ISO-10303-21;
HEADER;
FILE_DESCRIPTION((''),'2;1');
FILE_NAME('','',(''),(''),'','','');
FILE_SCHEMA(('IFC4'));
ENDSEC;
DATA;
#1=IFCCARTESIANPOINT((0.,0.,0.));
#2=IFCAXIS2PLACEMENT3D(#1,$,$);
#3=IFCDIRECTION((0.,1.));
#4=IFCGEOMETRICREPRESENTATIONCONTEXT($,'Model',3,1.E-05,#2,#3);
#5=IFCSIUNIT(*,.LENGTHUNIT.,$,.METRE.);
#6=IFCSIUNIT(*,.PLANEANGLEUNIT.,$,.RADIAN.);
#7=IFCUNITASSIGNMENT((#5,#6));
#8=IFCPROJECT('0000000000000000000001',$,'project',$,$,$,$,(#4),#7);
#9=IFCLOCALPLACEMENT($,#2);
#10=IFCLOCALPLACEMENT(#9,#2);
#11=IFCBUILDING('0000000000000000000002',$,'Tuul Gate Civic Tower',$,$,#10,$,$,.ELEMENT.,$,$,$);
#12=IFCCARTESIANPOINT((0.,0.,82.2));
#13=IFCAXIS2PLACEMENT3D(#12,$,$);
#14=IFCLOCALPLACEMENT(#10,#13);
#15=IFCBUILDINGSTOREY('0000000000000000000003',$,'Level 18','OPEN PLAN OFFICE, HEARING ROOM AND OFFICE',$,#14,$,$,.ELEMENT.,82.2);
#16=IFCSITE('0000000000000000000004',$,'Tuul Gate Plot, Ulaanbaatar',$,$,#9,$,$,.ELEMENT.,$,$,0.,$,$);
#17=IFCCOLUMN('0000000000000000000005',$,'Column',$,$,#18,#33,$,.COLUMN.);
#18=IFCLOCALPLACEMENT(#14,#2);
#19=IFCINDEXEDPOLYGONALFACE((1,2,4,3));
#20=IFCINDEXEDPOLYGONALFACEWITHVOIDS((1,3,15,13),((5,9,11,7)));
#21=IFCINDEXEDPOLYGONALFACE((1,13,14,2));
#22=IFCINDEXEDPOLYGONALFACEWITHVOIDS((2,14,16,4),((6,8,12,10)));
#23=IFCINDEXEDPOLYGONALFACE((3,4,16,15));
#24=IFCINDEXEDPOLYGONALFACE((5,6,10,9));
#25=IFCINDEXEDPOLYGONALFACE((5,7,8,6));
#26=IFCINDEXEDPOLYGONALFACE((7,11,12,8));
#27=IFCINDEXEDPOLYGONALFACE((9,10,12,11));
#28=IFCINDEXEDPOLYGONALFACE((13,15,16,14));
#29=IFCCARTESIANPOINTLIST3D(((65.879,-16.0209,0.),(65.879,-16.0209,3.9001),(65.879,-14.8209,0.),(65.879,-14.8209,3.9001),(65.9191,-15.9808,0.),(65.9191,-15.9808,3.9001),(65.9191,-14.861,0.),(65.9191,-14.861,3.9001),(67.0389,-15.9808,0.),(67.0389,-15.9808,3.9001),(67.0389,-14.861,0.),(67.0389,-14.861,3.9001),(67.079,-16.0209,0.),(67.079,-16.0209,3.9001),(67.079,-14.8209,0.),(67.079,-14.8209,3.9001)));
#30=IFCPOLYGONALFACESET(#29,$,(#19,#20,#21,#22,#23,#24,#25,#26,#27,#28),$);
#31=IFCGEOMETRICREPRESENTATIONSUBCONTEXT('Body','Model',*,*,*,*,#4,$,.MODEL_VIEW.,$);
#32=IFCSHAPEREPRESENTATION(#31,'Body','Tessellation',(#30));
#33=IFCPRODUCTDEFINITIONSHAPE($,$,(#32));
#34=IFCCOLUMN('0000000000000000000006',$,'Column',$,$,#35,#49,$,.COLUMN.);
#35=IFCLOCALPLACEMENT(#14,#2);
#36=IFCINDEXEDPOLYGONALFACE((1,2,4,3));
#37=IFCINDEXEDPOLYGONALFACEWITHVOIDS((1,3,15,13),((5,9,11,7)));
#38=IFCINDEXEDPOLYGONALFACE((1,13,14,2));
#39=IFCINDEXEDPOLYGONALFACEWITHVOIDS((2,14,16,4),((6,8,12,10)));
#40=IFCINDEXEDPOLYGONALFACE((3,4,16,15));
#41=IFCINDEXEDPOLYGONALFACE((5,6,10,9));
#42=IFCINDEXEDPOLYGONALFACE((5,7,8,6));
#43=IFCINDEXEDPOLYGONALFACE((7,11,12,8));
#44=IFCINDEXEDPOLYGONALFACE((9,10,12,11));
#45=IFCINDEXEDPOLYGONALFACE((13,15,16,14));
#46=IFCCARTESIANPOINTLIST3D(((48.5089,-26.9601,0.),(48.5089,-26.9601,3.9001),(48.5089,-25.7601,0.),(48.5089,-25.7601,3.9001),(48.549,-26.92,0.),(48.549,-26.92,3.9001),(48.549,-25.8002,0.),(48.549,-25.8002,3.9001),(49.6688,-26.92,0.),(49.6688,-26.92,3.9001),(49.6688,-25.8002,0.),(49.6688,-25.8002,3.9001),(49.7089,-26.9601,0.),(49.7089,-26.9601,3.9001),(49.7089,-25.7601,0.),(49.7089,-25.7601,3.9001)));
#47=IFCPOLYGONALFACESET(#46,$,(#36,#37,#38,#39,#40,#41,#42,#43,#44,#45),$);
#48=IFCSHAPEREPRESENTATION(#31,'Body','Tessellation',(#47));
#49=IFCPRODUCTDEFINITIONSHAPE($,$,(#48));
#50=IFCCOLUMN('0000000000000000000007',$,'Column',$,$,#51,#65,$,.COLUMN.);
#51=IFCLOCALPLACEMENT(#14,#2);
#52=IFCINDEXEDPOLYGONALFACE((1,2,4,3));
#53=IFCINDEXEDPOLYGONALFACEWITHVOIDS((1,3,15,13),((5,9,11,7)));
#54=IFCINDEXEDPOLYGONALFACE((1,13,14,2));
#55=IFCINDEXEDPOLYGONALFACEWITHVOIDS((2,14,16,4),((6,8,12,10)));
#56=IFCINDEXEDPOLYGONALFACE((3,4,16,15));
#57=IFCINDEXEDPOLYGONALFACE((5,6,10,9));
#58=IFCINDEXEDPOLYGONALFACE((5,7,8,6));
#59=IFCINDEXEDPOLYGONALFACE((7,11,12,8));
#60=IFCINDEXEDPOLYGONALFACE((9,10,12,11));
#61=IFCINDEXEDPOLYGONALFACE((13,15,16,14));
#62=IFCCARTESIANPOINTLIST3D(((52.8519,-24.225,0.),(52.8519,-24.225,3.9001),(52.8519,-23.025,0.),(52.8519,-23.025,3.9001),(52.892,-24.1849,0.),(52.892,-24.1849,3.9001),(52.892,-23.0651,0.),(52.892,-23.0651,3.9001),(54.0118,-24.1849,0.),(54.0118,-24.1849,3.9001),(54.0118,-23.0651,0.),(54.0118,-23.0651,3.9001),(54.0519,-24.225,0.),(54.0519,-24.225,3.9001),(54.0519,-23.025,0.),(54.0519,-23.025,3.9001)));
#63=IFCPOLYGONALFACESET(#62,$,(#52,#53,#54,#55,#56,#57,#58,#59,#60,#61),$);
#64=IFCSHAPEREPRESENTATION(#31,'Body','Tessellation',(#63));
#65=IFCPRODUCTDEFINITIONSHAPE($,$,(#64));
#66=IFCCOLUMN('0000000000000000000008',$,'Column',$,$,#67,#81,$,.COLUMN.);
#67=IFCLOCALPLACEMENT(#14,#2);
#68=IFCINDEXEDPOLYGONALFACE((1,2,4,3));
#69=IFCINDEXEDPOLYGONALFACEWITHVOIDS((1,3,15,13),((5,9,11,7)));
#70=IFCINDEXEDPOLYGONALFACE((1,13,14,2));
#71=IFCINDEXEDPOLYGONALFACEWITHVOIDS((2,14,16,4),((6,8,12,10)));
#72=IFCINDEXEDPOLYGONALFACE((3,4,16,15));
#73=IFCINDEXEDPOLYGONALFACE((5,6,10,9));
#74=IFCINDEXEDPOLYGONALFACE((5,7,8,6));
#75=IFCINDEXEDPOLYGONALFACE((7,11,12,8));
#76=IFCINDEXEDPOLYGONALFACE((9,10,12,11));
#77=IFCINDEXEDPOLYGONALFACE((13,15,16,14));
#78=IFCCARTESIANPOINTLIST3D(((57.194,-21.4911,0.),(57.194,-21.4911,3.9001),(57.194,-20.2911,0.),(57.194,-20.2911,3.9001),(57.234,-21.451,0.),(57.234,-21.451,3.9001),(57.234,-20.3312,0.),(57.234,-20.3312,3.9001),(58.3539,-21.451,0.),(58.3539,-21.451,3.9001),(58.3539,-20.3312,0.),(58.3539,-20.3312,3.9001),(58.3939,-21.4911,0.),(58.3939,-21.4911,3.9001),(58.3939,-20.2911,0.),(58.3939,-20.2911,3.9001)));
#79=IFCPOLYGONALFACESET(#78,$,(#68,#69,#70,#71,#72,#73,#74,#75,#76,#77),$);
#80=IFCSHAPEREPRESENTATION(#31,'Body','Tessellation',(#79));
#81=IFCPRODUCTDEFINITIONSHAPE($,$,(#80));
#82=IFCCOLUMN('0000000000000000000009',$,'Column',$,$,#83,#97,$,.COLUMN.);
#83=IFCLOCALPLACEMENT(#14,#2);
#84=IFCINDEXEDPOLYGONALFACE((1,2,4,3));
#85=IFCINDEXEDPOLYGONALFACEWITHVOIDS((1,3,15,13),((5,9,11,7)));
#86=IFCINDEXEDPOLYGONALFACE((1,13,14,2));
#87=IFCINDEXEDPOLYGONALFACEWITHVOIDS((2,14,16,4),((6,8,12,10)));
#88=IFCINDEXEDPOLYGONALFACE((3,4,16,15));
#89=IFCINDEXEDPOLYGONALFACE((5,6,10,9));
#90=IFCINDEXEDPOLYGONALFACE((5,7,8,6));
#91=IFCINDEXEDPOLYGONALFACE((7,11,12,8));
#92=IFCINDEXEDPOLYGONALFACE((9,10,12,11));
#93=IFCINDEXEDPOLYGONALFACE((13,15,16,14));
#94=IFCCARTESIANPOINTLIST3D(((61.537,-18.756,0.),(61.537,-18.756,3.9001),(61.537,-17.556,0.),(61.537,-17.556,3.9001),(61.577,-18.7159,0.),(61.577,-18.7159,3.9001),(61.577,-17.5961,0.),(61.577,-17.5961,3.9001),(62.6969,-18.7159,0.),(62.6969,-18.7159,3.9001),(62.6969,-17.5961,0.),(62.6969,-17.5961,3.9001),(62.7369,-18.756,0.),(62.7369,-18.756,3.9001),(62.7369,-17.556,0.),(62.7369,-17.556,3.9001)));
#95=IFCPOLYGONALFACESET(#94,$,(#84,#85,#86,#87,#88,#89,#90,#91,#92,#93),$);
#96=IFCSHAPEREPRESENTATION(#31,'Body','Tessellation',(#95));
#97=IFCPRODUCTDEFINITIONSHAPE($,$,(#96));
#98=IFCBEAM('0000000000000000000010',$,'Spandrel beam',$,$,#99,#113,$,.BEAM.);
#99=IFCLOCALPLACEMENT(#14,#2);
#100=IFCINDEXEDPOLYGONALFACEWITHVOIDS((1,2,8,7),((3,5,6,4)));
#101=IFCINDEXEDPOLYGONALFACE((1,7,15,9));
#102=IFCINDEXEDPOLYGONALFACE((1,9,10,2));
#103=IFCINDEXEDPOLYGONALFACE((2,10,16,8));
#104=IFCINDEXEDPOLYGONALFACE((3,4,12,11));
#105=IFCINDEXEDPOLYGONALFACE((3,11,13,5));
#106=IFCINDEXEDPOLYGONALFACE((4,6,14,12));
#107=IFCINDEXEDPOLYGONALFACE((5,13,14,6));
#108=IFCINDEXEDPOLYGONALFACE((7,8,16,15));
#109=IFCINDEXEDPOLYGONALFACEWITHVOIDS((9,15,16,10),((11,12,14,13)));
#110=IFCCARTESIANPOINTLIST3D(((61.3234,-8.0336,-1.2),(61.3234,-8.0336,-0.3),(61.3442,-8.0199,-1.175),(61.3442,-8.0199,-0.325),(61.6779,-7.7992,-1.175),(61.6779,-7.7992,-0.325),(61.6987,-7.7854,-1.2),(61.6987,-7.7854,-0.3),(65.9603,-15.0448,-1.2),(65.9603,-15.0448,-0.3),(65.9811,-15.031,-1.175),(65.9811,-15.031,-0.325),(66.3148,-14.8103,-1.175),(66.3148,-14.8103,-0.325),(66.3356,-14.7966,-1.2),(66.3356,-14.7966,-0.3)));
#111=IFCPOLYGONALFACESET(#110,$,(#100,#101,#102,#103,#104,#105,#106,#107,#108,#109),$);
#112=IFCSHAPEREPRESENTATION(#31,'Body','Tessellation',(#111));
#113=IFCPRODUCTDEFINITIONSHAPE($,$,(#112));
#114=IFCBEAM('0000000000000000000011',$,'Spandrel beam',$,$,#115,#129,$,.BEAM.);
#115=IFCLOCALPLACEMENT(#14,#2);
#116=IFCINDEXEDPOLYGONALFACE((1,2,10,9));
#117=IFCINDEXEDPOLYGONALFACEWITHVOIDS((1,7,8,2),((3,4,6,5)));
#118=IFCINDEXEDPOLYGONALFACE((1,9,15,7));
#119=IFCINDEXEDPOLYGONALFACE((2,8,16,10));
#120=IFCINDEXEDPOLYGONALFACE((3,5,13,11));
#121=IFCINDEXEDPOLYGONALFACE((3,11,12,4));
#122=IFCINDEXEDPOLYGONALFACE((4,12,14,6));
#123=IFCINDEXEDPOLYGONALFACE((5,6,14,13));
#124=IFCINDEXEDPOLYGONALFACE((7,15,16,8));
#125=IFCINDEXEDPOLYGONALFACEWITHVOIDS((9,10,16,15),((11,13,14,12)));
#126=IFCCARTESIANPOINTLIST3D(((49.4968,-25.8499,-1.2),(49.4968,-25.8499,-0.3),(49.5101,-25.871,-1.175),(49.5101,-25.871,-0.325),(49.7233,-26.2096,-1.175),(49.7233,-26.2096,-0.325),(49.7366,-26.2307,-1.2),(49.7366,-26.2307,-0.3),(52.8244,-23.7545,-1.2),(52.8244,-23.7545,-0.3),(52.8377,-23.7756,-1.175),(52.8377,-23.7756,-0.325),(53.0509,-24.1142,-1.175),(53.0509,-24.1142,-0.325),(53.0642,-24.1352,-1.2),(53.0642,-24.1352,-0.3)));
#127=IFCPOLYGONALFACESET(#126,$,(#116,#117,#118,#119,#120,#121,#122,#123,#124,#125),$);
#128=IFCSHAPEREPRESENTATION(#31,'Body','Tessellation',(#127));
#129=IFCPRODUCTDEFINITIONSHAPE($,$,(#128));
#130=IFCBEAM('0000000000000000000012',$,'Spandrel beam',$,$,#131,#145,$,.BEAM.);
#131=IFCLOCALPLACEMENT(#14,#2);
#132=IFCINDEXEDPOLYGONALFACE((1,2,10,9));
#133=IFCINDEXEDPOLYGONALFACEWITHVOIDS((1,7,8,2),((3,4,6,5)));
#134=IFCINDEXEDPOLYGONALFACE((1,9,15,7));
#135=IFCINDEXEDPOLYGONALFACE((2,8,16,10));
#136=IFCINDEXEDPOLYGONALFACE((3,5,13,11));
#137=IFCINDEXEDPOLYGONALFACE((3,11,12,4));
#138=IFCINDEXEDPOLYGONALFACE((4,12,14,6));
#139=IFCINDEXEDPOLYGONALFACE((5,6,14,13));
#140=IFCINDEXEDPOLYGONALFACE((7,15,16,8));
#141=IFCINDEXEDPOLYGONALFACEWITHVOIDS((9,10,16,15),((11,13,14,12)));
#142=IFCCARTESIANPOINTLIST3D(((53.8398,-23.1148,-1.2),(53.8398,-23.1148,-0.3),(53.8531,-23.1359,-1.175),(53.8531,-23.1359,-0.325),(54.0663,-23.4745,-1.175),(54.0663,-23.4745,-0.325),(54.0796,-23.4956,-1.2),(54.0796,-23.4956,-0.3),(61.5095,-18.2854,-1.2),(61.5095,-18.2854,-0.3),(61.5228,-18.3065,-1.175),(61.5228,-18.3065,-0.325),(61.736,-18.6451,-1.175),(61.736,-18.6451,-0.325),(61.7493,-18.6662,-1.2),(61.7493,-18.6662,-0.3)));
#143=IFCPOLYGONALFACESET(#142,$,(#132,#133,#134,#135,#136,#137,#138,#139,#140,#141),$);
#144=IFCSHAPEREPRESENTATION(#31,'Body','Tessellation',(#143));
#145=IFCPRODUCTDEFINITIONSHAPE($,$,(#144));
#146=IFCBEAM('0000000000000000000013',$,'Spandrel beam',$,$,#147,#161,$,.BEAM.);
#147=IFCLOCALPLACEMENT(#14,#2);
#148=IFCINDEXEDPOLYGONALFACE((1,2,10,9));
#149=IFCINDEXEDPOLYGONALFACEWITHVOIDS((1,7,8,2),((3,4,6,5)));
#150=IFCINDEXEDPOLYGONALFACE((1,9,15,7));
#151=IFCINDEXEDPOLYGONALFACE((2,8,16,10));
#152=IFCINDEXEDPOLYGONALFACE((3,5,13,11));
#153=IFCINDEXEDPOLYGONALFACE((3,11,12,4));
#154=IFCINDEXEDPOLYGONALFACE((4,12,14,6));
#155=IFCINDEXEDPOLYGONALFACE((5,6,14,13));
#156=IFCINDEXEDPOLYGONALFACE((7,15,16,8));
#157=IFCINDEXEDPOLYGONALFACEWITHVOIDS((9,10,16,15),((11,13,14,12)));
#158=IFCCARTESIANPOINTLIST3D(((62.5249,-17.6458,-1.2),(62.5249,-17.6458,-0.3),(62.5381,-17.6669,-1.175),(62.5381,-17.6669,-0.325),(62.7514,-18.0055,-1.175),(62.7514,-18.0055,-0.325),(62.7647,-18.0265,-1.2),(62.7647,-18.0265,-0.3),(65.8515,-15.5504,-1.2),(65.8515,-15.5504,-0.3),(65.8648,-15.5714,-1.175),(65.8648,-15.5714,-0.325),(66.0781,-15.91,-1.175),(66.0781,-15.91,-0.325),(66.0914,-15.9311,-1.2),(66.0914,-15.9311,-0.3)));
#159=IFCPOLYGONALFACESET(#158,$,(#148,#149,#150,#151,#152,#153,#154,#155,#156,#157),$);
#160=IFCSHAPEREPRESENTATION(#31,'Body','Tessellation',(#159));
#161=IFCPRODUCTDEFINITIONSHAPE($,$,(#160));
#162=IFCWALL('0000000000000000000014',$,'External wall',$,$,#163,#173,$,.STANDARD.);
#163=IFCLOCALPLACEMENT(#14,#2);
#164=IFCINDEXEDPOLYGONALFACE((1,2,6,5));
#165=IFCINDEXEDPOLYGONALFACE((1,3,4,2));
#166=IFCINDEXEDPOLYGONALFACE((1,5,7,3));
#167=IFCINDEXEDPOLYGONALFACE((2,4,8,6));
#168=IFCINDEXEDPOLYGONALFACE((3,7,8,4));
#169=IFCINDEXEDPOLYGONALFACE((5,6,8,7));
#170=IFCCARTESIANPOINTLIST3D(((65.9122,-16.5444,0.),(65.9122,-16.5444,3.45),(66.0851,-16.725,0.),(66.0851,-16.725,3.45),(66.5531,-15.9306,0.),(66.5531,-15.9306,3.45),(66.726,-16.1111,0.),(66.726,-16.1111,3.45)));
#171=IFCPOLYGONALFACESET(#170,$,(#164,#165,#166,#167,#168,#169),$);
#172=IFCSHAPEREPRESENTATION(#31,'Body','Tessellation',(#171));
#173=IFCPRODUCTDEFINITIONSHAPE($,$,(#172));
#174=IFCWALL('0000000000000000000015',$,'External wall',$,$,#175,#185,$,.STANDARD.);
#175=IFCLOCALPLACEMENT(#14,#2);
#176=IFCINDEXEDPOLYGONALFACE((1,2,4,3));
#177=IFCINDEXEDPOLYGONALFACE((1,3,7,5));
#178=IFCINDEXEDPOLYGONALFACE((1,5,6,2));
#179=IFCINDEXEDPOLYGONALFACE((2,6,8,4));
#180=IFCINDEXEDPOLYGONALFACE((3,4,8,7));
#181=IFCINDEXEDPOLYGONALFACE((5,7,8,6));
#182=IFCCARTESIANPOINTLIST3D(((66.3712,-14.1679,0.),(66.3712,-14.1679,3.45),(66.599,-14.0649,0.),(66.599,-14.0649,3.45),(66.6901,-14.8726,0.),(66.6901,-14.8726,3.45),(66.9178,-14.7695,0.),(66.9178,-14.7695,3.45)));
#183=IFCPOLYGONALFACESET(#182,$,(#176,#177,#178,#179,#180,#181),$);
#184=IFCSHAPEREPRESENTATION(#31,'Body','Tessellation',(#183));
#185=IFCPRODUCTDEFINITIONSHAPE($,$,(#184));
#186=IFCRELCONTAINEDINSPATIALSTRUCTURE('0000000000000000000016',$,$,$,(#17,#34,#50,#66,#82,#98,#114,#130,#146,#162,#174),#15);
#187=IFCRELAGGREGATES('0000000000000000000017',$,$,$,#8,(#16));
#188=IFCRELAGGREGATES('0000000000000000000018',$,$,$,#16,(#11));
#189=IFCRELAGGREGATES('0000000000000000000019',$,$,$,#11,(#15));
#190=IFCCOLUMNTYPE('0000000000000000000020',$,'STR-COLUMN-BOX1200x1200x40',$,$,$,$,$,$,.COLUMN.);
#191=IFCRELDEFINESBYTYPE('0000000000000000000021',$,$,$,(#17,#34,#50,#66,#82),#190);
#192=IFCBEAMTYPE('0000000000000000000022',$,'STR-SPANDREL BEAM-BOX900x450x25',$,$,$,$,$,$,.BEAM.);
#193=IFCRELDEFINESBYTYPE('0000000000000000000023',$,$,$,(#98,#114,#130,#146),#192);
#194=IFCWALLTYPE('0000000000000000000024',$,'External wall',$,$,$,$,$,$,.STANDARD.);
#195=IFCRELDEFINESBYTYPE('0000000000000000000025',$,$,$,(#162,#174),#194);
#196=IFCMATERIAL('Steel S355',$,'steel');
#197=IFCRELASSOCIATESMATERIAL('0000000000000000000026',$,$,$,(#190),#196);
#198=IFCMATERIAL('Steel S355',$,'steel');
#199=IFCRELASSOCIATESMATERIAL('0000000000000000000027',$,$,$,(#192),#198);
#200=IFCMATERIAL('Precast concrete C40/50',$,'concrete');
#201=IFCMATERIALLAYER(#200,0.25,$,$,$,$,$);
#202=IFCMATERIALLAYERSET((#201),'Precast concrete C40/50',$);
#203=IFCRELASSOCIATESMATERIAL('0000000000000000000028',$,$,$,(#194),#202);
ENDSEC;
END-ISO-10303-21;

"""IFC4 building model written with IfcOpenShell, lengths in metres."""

from ifc_helpers import new_model, si_unit, direction, frame, frame_2d, origin, origin_2d, place, context, subcontext, project, spatial, rectangle, hollow_rectangle, extrude, material, layer, layer_set, material_profile, profile_set, type_object, element, save


model = new_model("IFC4")

# Units and contexts
model_context = context("Model", 3, precision=1e-05, world=origin(), true_north=direction((0.0, 1.0)))
body_context = subcontext(model_context, "Body", "Model", "MODEL_VIEW")
ifc_project = project(units=[si_unit("LENGTHUNIT", "METRE"), si_unit("PLANEANGLEUNIT", "RADIAN")], contexts=[model_context])

# Site, building, storey
site_placement = place(None, origin())
site = spatial("IfcSite", under=ifc_project, at=site_placement, Name="Tuul Gate Plot, Ulaanbaatar", CompositionType="ELEMENT", RefElevation=0.0)
building_placement = place(site_placement, origin())
building = spatial("IfcBuilding", under=site, at=building_placement, Name="Tuul Gate Civic Tower", CompositionType="ELEMENT")
storey_placement = place(building_placement, frame((0.0, 0.0, 82.2)))
storey = spatial("IfcBuildingStorey", under=building, at=storey_placement, Name="Level 18", Description="OPEN PLAN OFFICE, HEARING ROOM AND OFFICE", CompositionType="ELEMENT", Elevation=82.2)

# Columns
ifc_material_1 = material(Name="Steel S355", Category="steel")
ifc_material_profile_1 = material_profile(ifc_material_1, hollow_rectangle(XDim=1.2, YDim=1.2, WallThickness=0.04, at=origin_2d()), Name="BOX1200x1200x40")
ifc_profile_set_1 = profile_set([ifc_material_profile_1], Name="Steel S355")
column_type = type_object("IfcColumnType", Name="STR-COLUMN-BOX1200x1200x40", PredefinedType="COLUMN", material=ifc_profile_set_1)
for number, where, z_axis, x_axis, name in (
    (1, (66.479, -15.4209, 0.0), (0.0, 0.0, 1.0), (1.0, 0.0, 0.0), "Column"),
    (2, (49.1089, -26.3601, 0.0), (0.0, 0.0, 1.0), (1.0, 0.0, 0.0), "Column"),
    (3, (53.4519, -23.625, 0.0), (0.0, 0.0, 1.0), (1.0, 0.0, 0.0), "Column"),
    (4, (57.7939, -20.8911, 0.0), (0.0, 0.0, 1.0), (1.0, 0.0, 0.0), "Column"),
    (5, (62.137, -18.156, 0.0), (0.0, 0.0, 1.0), (1.0, 0.0, 0.0), "Column"),
):
    element("IfcColumn", number, at=place(storey_placement, frame(where, z_axis=z_axis, x_axis=x_axis)), inside=storey, type_object=column_type, Name=name, PredefinedType="COLUMN", context=body_context, shape_type="SweptSolid", body=[
        extrude(hollow_rectangle(XDim=1.2, YDim=1.2, WallThickness=0.04, at=origin_2d()), origin(), (0.0, 0.0, 1.0), 3.9001),
    ])

# Beams
ifc_material_2 = material(Name="Steel S355", Category="steel")
ifc_material_profile_2 = material_profile(ifc_material_2, hollow_rectangle(XDim=0.45, YDim=0.8999, WallThickness=0.0249, at=origin_2d()), Name="BOX900x450x25")
ifc_profile_set_2 = profile_set([ifc_material_profile_2], Name="Steel S355")
beam_type = type_object("IfcBeamType", Name="STR-SPANDREL BEAM-BOX900x450x25", PredefinedType="BEAM", material=ifc_profile_set_2)
beam_1_placement = place(storey_placement, frame((66.1479, -14.9207, -0.75), z_axis=(-0.551633, 0.834087, 0.0), x_axis=(-0.834087, -0.551633, 0.0)))
element("IfcBeam", 6, at=beam_1_placement, inside=storey, type_object=beam_type, Name="Spandrel beam", PredefinedType="BEAM", context=body_context, shape_type="SweptSolid", body=[
    extrude(hollow_rectangle(XDim=0.45, YDim=0.8999, WallThickness=0.0249, at=origin_2d()), origin(), (0.0, 0.0, 1.0), 8.4058),
])
beam_2_placement = place(storey_placement, frame((49.6167, -26.0403, -0.75), z_axis=(0.846201, 0.532864, 0.0), x_axis=(-0.532864, 0.846201, 0.0)))
element("IfcBeam", 7, at=beam_2_placement, inside=storey, type_object=beam_type, Name="Spandrel beam", PredefinedType="BEAM", context=body_context, shape_type="SweptSolid", body=[
    extrude(hollow_rectangle(XDim=0.45, YDim=0.8999, WallThickness=0.0249, at=origin_2d()), origin(), (0.0, 0.0, 1.0), 3.9324),
])
beam_3_placement = place(storey_placement, frame((53.9597, -23.3052, -0.75), z_axis=(0.846218, 0.532836, 0.0), x_axis=(-0.532836, 0.846218, 0.0)))
element("IfcBeam", 8, at=beam_3_placement, inside=storey, type_object=beam_type, Name="Spandrel beam", PredefinedType="BEAM", context=body_context, shape_type="SweptSolid", body=[
    extrude(hollow_rectangle(XDim=0.45, YDim=0.8999, WallThickness=0.0249, at=origin_2d()), origin(), (0.0, 0.0, 1.0), 9.0635),
])
beam_4_placement = place(storey_placement, frame((62.6448, -17.8362, -0.75), z_axis=(0.84613, 0.532976, 0.0), x_axis=(-0.532976, 0.84613, 0.0)))
element("IfcBeam", 9, at=beam_4_placement, inside=storey, type_object=beam_type, Name="Spandrel beam", PredefinedType="BEAM", context=body_context, shape_type="SweptSolid", body=[
    extrude(hollow_rectangle(XDim=0.45, YDim=0.8999, WallThickness=0.0249, at=origin_2d()), origin(), (0.0, 0.0, 1.0), 3.9316),
])

# Walls
ifc_material_3 = material(Name="Precast concrete C40/50", Category="concrete")
ifc_layer = layer(ifc_material_3, 0.25)
ifc_layer_set = layer_set([ifc_layer], Name="Precast concrete C40/50")
wall_type = type_object("IfcWallType", Name="External wall", PredefinedType="STANDARD", material=ifc_layer_set)
wall_1_placement = place(storey_placement, frame((65.9985, -16.6348, 0.0), z_axis=(0.0, 0.0, 1.0), x_axis=(0.722212, 0.691672, 0.0)))
element("IfcWall", 10, at=wall_1_placement, inside=storey, type_object=wall_type, Name="External wall", PredefinedType="STANDARD", context=body_context, shape_type="SweptSolid", body=[
    extrude(rectangle(XDim=0.8875, YDim=0.25, at=frame_2d((0.4438, 0.0))), origin(), (0.0, 0.0, 1.0), 3.45),
])
wall_2_placement = place(storey_placement, frame((66.804, -14.821, 0.0), z_axis=(0.0, 0.0, 1.0), x_axis=(-0.41228, 0.911057, 0.0)))
element("IfcWall", 11, at=wall_2_placement, inside=storey, type_object=wall_type, Name="External wall", PredefinedType="STANDARD", context=body_context, shape_type="SweptSolid", body=[
    extrude(rectangle(XDim=0.7734, YDim=0.25, at=frame_2d((0.3867, 0.0))), origin(), (0.0, 0.0, 1.0), 3.45),
])

save(model, "model.ifc")
